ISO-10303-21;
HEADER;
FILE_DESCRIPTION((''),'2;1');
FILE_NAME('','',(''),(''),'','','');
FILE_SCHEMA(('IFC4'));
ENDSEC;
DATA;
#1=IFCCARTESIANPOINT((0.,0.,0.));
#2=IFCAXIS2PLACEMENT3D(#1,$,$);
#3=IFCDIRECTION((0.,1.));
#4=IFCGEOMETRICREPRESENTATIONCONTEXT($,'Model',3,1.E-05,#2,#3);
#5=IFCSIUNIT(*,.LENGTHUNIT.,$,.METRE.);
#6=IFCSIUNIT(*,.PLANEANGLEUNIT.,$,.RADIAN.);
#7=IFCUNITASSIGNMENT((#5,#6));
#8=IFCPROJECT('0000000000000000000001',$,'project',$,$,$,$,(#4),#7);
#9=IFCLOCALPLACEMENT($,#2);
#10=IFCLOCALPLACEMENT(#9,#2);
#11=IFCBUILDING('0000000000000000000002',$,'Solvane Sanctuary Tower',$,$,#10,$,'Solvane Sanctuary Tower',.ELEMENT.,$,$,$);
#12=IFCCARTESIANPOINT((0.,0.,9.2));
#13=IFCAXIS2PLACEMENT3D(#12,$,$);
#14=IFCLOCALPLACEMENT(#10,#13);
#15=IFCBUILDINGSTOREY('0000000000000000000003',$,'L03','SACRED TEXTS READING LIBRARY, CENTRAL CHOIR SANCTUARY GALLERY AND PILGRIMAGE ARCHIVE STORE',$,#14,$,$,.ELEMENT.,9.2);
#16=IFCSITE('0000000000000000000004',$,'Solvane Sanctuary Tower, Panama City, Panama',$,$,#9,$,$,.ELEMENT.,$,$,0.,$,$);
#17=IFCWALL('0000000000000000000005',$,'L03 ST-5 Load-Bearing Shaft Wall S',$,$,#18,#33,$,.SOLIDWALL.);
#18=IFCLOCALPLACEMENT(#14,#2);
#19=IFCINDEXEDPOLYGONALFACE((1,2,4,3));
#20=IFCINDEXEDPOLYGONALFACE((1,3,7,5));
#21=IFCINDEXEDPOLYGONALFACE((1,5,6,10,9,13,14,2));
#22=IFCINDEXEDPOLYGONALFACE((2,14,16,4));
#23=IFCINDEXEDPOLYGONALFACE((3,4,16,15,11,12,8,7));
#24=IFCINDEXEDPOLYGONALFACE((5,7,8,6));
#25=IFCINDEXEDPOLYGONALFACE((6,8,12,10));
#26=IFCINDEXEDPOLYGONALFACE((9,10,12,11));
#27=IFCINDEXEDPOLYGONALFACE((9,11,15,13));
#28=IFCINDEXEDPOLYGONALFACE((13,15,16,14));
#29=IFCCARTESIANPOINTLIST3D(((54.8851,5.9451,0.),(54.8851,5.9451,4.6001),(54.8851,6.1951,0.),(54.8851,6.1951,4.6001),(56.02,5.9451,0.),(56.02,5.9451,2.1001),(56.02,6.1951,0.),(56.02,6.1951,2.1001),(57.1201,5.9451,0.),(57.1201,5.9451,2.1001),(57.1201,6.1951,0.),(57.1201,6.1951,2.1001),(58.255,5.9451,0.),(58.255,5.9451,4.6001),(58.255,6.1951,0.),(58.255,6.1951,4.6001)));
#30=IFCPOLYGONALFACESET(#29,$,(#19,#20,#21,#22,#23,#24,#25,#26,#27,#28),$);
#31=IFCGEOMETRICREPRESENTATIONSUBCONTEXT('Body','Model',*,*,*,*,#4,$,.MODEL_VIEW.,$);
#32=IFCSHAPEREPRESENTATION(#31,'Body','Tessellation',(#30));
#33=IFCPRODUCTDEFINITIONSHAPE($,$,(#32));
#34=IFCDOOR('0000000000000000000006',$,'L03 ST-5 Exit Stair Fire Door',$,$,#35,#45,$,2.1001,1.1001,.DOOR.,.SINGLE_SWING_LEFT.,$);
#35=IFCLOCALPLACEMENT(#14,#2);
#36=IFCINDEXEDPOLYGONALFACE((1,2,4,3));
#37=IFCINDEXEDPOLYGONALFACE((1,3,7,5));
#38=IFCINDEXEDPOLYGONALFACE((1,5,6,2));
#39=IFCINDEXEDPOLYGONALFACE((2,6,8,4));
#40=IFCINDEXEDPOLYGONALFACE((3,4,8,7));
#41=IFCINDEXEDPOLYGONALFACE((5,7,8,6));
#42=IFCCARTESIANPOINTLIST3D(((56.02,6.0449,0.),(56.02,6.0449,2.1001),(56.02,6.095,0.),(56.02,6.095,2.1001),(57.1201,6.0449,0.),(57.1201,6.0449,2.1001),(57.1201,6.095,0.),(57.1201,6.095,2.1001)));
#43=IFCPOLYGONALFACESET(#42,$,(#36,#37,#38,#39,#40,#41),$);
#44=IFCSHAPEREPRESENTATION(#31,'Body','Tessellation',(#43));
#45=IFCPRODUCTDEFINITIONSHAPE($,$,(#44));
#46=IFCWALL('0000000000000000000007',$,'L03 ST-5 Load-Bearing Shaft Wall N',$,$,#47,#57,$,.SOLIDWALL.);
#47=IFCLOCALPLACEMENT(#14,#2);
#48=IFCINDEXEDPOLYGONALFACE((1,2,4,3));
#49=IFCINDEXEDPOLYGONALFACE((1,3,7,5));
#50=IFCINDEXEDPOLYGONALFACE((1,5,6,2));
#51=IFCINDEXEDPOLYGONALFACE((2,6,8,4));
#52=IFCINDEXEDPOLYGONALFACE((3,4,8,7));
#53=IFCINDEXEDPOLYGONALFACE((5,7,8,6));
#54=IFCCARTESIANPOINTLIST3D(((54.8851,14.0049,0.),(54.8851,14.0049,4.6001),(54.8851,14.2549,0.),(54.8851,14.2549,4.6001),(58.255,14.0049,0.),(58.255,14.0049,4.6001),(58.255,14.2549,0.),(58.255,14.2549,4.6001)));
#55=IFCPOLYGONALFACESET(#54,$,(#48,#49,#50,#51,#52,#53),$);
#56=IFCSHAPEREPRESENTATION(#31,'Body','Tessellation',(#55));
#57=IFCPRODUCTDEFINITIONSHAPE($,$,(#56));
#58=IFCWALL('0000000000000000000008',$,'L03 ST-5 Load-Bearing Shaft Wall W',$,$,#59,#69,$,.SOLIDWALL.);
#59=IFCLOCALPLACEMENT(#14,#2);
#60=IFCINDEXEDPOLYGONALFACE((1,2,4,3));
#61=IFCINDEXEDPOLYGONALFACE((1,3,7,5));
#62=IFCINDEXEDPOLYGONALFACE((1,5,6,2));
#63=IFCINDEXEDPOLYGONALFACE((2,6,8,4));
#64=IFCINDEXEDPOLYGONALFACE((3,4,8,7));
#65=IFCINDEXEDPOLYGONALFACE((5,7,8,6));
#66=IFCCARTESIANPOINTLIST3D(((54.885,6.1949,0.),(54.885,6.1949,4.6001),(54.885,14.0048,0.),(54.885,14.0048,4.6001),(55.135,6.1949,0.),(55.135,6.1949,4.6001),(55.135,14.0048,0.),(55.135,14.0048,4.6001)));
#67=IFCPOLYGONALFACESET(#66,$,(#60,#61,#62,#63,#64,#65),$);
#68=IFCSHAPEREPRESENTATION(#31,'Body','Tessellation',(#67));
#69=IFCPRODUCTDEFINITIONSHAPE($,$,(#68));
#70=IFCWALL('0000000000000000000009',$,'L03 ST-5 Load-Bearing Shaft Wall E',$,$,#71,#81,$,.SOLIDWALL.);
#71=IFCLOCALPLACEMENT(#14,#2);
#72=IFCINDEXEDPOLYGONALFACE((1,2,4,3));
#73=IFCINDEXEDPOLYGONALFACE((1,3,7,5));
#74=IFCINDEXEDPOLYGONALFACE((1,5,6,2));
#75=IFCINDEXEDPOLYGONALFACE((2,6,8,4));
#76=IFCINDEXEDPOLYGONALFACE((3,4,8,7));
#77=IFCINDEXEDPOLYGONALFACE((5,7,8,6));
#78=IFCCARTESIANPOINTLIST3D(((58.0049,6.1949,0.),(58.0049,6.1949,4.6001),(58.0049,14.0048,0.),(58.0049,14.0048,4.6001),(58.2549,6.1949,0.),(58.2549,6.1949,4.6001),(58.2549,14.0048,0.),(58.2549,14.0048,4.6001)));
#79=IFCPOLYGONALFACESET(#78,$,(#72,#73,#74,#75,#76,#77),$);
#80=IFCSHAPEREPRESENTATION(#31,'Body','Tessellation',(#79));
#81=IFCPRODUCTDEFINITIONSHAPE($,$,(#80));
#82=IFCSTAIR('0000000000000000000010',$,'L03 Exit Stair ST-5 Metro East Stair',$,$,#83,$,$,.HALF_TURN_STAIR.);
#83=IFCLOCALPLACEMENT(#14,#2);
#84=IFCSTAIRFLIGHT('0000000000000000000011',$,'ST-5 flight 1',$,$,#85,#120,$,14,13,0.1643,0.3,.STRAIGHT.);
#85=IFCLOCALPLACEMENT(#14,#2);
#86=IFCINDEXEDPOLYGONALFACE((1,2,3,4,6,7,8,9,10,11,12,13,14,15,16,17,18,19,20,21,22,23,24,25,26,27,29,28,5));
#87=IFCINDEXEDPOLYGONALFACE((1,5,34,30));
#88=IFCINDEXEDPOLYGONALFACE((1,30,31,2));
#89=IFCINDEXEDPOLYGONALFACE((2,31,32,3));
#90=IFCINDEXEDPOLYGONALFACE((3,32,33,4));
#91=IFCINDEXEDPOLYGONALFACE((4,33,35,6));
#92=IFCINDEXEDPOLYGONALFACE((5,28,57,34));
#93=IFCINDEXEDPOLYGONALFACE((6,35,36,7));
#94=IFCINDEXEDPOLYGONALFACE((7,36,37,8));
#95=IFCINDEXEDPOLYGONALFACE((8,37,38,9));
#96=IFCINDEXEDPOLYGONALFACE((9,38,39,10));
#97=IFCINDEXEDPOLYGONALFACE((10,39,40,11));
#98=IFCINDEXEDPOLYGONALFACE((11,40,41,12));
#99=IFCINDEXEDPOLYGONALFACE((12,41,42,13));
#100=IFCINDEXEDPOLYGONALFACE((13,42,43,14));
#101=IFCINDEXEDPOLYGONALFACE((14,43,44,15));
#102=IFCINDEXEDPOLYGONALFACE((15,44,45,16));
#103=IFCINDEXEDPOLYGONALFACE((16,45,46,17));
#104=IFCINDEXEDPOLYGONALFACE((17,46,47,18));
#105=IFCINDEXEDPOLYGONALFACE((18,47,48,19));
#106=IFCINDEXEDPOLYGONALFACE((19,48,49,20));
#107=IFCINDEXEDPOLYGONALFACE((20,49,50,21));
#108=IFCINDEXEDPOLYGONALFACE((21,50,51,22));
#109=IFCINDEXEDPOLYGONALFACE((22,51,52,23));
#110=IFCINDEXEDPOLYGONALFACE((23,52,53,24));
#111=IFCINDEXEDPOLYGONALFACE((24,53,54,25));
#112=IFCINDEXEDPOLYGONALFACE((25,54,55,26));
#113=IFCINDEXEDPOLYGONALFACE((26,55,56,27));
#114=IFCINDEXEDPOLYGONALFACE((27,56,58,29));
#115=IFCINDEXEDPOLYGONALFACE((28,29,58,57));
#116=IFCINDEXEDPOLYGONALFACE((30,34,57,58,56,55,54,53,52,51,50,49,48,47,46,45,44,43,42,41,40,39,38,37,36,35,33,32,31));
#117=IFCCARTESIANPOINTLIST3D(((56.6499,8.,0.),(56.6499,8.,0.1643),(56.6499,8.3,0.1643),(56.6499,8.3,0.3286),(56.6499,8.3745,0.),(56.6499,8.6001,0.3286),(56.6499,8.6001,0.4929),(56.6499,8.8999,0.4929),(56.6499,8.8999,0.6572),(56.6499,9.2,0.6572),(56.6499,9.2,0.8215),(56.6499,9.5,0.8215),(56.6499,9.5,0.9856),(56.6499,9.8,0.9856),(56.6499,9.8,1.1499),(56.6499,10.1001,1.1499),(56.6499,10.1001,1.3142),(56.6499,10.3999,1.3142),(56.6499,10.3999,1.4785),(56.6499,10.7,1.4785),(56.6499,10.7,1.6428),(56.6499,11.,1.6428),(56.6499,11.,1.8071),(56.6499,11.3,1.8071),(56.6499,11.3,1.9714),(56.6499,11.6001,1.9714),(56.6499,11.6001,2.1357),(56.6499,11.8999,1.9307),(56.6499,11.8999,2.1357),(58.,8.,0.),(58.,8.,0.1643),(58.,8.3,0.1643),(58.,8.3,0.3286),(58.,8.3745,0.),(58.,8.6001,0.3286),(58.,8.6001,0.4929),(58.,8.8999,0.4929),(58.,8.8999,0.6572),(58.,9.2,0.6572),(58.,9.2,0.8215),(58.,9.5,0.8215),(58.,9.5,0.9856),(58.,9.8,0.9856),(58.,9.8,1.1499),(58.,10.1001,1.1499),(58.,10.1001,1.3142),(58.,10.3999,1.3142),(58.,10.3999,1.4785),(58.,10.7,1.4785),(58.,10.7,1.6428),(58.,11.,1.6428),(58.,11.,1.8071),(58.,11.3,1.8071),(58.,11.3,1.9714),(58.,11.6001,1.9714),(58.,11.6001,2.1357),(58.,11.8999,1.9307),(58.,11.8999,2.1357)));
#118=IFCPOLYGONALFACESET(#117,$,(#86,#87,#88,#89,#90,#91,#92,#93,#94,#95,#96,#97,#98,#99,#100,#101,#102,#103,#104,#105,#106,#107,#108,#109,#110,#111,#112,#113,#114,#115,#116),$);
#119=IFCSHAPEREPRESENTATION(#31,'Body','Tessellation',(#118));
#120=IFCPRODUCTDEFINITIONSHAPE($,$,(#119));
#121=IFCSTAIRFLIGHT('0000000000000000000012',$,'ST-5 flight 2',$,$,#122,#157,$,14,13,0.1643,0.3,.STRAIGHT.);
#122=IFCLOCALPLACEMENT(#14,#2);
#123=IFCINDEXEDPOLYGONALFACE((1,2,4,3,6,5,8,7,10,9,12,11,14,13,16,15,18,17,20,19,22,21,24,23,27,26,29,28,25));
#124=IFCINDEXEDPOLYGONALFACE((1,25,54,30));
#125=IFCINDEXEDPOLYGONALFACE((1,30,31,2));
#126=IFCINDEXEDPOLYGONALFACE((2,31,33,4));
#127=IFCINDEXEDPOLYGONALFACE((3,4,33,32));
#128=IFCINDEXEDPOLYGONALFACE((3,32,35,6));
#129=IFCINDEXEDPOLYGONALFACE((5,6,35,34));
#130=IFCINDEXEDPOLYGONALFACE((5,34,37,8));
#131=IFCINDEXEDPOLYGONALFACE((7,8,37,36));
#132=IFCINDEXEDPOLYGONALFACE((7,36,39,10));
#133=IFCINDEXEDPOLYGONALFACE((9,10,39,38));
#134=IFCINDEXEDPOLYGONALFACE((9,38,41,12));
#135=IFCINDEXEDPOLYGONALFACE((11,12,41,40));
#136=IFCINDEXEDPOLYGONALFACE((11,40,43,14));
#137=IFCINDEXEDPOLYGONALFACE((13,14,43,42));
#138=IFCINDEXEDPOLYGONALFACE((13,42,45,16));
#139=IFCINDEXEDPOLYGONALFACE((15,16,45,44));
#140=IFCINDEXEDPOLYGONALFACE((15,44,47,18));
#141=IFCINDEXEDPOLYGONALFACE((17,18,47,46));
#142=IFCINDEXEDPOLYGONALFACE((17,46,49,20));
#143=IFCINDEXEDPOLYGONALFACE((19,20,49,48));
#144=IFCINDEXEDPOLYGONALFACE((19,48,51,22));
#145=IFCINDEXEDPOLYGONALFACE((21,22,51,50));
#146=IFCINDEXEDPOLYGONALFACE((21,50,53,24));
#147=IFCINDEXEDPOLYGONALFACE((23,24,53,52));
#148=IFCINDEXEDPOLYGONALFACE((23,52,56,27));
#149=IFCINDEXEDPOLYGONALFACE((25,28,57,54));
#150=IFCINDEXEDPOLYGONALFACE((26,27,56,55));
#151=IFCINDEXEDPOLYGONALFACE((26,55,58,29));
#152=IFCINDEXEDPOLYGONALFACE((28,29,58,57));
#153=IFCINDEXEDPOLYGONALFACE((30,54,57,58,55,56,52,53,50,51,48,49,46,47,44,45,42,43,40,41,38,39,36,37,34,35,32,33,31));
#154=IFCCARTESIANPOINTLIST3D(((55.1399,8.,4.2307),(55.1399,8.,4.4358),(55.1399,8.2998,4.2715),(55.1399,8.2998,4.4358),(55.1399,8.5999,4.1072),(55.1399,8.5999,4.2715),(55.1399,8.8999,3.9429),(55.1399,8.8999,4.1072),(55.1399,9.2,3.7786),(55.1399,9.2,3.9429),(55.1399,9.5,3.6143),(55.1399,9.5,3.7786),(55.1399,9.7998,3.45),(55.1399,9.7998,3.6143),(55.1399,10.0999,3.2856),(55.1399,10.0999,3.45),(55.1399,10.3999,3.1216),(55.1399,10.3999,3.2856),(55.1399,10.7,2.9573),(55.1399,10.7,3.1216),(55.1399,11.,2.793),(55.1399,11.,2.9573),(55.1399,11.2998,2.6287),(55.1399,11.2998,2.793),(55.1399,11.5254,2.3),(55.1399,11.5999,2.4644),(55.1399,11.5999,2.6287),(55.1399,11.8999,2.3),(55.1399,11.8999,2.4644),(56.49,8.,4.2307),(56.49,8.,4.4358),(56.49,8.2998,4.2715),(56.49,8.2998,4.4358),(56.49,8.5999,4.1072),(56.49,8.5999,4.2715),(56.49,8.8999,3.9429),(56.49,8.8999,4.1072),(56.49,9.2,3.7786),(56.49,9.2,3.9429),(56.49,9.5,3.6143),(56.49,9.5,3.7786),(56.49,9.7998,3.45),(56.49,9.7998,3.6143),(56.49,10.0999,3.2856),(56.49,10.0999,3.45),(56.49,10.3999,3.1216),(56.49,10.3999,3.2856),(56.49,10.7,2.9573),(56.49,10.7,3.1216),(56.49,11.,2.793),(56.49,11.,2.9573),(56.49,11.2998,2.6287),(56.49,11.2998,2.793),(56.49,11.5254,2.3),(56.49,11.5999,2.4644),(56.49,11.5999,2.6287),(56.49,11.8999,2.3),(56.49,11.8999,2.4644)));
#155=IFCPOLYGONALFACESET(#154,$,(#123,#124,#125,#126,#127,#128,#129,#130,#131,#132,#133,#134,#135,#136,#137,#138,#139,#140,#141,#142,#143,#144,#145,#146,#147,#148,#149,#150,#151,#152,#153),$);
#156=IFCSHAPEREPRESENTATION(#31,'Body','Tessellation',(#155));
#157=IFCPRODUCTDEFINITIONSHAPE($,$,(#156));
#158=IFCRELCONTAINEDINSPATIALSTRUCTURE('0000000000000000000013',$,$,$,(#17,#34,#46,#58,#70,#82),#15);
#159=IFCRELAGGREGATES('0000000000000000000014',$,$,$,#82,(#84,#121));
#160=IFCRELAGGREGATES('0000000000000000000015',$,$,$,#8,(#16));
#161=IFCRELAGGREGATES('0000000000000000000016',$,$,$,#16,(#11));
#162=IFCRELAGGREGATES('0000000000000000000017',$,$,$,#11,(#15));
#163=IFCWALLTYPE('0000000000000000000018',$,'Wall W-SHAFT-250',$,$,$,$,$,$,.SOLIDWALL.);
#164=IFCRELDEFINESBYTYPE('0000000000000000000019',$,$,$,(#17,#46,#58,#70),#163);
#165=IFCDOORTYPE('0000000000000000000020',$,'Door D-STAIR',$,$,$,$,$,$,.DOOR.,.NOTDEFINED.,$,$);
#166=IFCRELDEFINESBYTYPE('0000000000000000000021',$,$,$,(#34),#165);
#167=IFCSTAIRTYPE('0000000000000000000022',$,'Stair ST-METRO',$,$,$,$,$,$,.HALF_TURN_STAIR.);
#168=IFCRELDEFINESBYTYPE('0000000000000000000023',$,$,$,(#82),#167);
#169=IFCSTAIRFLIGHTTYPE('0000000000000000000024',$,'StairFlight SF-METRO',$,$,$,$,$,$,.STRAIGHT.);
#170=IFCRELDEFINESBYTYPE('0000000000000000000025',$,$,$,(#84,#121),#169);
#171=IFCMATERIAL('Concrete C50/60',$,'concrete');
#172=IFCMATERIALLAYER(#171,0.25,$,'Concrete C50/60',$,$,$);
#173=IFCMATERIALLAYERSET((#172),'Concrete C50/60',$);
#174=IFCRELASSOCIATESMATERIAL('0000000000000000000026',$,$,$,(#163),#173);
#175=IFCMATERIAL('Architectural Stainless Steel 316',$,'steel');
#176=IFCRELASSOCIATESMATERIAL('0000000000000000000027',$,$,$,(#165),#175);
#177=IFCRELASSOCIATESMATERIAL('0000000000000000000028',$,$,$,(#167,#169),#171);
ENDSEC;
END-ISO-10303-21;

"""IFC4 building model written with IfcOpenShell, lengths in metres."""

from ifc_helpers import new_model, si_unit, direction, frame, frame_2d, origin, place, context, subcontext, project, spatial, polyline, rectangle, outline, extrude, material, layer, layer_set, type_object, element, fill, aggregate, save


model = new_model("IFC4")

# Units and contexts
model_context = context("Model", 3, precision=1e-05, world=origin(), true_north=direction((0.0, 1.0)))
body_context = subcontext(model_context, "Body", "Model", "MODEL_VIEW")
ifc_project = project(units=[si_unit("LENGTHUNIT", "METRE"), si_unit("PLANEANGLEUNIT", "RADIAN")], contexts=[model_context])

# Site, building, storey
site_placement = place(None, origin())
site = spatial("IfcSite", under=ifc_project, at=site_placement, Name="Solvane Sanctuary Tower, Panama City, Panama", CompositionType="ELEMENT", RefElevation=0.0)
building_placement = place(site_placement, origin())
building = spatial("IfcBuilding", under=site, at=building_placement, Name="Solvane Sanctuary Tower", LongName="Solvane Sanctuary Tower", CompositionType="ELEMENT")
storey_placement = place(building_placement, frame((0.0, 0.0, 9.2)))
storey = spatial("IfcBuildingStorey", under=building, at=storey_placement, Name="L03", Description="SACRED TEXTS READING LIBRARY, CENTRAL CHOIR SANCTUARY GALLERY AND PILGRIMAGE ARCHIVE STORE", CompositionType="ELEMENT", Elevation=9.2)

# Wall, opening, door
ifc_material_1 = material(Name="Concrete C50/60", Category="concrete")
ifc_layer_1 = layer(ifc_material_1, 0.25, Name="Concrete C50/60")
ifc_layer_set_1 = layer_set([ifc_layer_1], Name="Concrete C50/60")
wall_type_1 = type_object("IfcWallType", Name="Wall W-SHAFT-250", PredefinedType="SOLIDWALL", material=ifc_layer_set_1)
wall_1_placement = place(storey_placement, frame((54.885, 6.0701, 0.0), z_axis=(0.0, 0.0, 1.0), x_axis=(1.0, 0.0, 0.0)))
wall_1 = element("IfcWall", 1, at=wall_1_placement, inside=storey, type_object=wall_type_1, Name="L03 ST-5 Load-Bearing Shaft Wall S", PredefinedType="SOLIDWALL", context=body_context, shape_type="SweptSolid", body=[
    extrude(rectangle(XDim=3.3699, YDim=0.25, at=frame_2d((1.6851, 0.0))), origin(), (0.0, 0.0, 1.0), 4.6001),
])
opening_1_placement = place(wall_1_placement, frame((1.135, 0.0, 0.0)))
opening_1 = element("IfcOpeningElement", 2, at=opening_1_placement, cuts=wall_1, PredefinedType="OPENING", context=body_context, shape_type="SweptSolid", body=[
    extrude(rectangle(XDim=1.1001, YDim=2.1001, at=frame_2d((0.55, 1.05))), frame((0.0, 0.135, 0.0), z_axis=(0.0, -1.0, 0.0), x_axis=(1.0, 0.0, 0.0)), (0.0, 0.0, 1.0), 0.27),
])
ifc_material_2 = material(Name="Architectural Stainless Steel 316", Category="steel")
door_type = type_object("IfcDoorType", Name="Door D-STAIR", OperationType="NOTDEFINED", PredefinedType="DOOR", material=ifc_material_2)
door_placement = place(opening_1_placement, origin())
door = element("IfcDoor", 3, at=door_placement, inside=storey, type_object=door_type, Name="L03 ST-5 Exit Stair Fire Door", OperationType="SINGLE_SWING_LEFT", OverallHeight=2.1001, OverallWidth=1.1001, PredefinedType="DOOR", context=body_context, shape_type="SweptSolid", body=[
    extrude(rectangle(XDim=1.1001, YDim=2.1001, at=frame_2d((0.55, 1.05))), frame((0.0, 0.0249, 0.0), z_axis=(0.0, -1.0, 0.0), x_axis=(1.0, 0.0, 0.0)), (0.0, 0.0, 1.0), 0.05),
])
fill(opening_1, door)

# Walls
wall_2_placement = place(storey_placement, frame((54.885, 14.1299, 0.0), z_axis=(0.0, 0.0, 1.0), x_axis=(1.0, 0.0, 0.0)))
element("IfcWall", 4, at=wall_2_placement, inside=storey, type_object=wall_type_1, Name="L03 ST-5 Load-Bearing Shaft Wall N", PredefinedType="SOLIDWALL", context=body_context, shape_type="SweptSolid", body=[
    extrude(rectangle(XDim=3.3699, YDim=0.25, at=frame_2d((1.6851, 0.0))), origin(), (0.0, 0.0, 1.0), 4.6001),
])
for number, where, z_axis, x_axis, name in (
    (5, (55.01, 6.1951, 0.0), (0.0, 0.0, 1.0), (0.0, 1.0, 0.0), "L03 ST-5 Load-Bearing Shaft Wall W"),
    (6, (58.1299, 6.1951, 0.0), (0.0, 0.0, 1.0), (0.0, 1.0, 0.0), "L03 ST-5 Load-Bearing Shaft Wall E"),
):
    element("IfcWall", number, at=place(storey_placement, frame(where, z_axis=z_axis, x_axis=x_axis)), inside=storey, type_object=wall_type_1, Name=name, PredefinedType="SOLIDWALL", context=body_context, shape_type="SweptSolid", body=[
        extrude(rectangle(XDim=7.8098, YDim=0.25, at=frame_2d((3.9048, 0.0))), origin(), (0.0, 0.0, 1.0), 4.6001),
    ])

# Stair, stair flights
stair_type = type_object("IfcStairType", Name="Stair ST-METRO", PredefinedType="HALF_TURN_STAIR", material=ifc_material_1)
stair_placement = place(storey_placement, origin())
stair = element("IfcStair", 7, at=stair_placement, inside=storey, type_object=stair_type, Name="L03 Exit Stair ST-5 Metro East Stair", PredefinedType="HALF_TURN_STAIR")
stair_flight_type = type_object("IfcStairFlightType", Name="StairFlight SF-METRO", PredefinedType="STRAIGHT", material=ifc_material_1)
stair_flight_1_placement = place(storey_placement, frame((57.325, 8.0, 0.0), z_axis=(0.0, 0.0, 1.0), x_axis=(0.0, 1.0, 0.0)))
stair_flight_1 = element("IfcStairFlight", 8, at=stair_flight_1_placement, type_object=stair_flight_type, Name="ST-5 flight 1", NumberOfRisers=14, NumberOfTreads=13, PredefinedType="STRAIGHT", RiserHeight=0.1643, TreadLength=0.3, context=body_context, shape_type="SweptSolid", body=[
    extrude(outline(polyline([(0.0, 0.0), (0.0, 0.1643), (0.3, 0.1643), (0.3, 0.3286), (0.6001, 0.3286), (0.6001, 0.4929), (0.8999, 0.4929), (0.8999, 0.6572), (1.2, 0.6572), (1.2, 0.8215), (1.5, 0.8215), (1.5, 0.9856), (1.8, 0.9856), (1.8, 1.1499), (2.1001, 1.1499), (2.1001, 1.3142), (2.3999, 1.3142), (2.3999, 1.4785), (2.7, 1.4785), (2.7, 1.6428), (3.0, 1.6428), (3.0, 1.8071), (3.3, 1.8071), (3.3, 1.9714), (3.6001, 1.9714), (3.6001, 2.1357), (3.8999, 2.1357), (3.8999, 2.3), (3.8999, 1.9307), (0.3745, 0.0), (0.0, 0.0)])), frame((0.0, 0.675, 0.0), z_axis=(0.0, -1.0, 0.0), x_axis=(1.0, 0.0, 0.0)), (0.0, 0.0, 1.0), 1.3501),
])
stair_flight_2_placement = place(storey_placement, frame((55.8149, 11.8999, 2.3), z_axis=(0.0, 0.0, 1.0), x_axis=(0.0, -1.0, 0.0)))
stair_flight_2 = element("IfcStairFlight", 9, at=stair_flight_2_placement, type_object=stair_flight_type, Name="ST-5 flight 2", NumberOfRisers=14, NumberOfTreads=13, PredefinedType="STRAIGHT", RiserHeight=0.1643, TreadLength=0.3, context=body_context, shape_type="SweptSolid", body=[
    extrude(outline(polyline([(0.0, 0.0), (0.0, 0.1643), (0.3, 0.1643), (0.3, 0.3286), (0.6001, 0.3286), (0.6001, 0.4929), (0.8999, 0.4929), (0.8999, 0.6572), (1.2, 0.6572), (1.2, 0.8215), (1.5, 0.8215), (1.5, 0.9856), (1.8, 0.9856), (1.8, 1.1499), (2.1001, 1.1499), (2.1001, 1.3142), (2.3999, 1.3142), (2.3999, 1.4785), (2.7, 1.4785), (2.7, 1.6428), (3.0, 1.6428), (3.0, 1.8071), (3.3, 1.8071), (3.3, 1.9714), (3.6001, 1.9714), (3.6001, 2.1357), (3.8999, 2.1357), (3.8999, 2.3), (3.8999, 1.9307), (0.3745, 0.0), (0.0, 0.0)])), frame((0.0, 0.675, 0.0), z_axis=(0.0, -1.0, 0.0), x_axis=(1.0, 0.0, 0.0)), (0.0, 0.0, 1.0), 1.3501),
])
aggregate(stair, [stair_flight_1, stair_flight_2])

save(model, "model.ifc")
